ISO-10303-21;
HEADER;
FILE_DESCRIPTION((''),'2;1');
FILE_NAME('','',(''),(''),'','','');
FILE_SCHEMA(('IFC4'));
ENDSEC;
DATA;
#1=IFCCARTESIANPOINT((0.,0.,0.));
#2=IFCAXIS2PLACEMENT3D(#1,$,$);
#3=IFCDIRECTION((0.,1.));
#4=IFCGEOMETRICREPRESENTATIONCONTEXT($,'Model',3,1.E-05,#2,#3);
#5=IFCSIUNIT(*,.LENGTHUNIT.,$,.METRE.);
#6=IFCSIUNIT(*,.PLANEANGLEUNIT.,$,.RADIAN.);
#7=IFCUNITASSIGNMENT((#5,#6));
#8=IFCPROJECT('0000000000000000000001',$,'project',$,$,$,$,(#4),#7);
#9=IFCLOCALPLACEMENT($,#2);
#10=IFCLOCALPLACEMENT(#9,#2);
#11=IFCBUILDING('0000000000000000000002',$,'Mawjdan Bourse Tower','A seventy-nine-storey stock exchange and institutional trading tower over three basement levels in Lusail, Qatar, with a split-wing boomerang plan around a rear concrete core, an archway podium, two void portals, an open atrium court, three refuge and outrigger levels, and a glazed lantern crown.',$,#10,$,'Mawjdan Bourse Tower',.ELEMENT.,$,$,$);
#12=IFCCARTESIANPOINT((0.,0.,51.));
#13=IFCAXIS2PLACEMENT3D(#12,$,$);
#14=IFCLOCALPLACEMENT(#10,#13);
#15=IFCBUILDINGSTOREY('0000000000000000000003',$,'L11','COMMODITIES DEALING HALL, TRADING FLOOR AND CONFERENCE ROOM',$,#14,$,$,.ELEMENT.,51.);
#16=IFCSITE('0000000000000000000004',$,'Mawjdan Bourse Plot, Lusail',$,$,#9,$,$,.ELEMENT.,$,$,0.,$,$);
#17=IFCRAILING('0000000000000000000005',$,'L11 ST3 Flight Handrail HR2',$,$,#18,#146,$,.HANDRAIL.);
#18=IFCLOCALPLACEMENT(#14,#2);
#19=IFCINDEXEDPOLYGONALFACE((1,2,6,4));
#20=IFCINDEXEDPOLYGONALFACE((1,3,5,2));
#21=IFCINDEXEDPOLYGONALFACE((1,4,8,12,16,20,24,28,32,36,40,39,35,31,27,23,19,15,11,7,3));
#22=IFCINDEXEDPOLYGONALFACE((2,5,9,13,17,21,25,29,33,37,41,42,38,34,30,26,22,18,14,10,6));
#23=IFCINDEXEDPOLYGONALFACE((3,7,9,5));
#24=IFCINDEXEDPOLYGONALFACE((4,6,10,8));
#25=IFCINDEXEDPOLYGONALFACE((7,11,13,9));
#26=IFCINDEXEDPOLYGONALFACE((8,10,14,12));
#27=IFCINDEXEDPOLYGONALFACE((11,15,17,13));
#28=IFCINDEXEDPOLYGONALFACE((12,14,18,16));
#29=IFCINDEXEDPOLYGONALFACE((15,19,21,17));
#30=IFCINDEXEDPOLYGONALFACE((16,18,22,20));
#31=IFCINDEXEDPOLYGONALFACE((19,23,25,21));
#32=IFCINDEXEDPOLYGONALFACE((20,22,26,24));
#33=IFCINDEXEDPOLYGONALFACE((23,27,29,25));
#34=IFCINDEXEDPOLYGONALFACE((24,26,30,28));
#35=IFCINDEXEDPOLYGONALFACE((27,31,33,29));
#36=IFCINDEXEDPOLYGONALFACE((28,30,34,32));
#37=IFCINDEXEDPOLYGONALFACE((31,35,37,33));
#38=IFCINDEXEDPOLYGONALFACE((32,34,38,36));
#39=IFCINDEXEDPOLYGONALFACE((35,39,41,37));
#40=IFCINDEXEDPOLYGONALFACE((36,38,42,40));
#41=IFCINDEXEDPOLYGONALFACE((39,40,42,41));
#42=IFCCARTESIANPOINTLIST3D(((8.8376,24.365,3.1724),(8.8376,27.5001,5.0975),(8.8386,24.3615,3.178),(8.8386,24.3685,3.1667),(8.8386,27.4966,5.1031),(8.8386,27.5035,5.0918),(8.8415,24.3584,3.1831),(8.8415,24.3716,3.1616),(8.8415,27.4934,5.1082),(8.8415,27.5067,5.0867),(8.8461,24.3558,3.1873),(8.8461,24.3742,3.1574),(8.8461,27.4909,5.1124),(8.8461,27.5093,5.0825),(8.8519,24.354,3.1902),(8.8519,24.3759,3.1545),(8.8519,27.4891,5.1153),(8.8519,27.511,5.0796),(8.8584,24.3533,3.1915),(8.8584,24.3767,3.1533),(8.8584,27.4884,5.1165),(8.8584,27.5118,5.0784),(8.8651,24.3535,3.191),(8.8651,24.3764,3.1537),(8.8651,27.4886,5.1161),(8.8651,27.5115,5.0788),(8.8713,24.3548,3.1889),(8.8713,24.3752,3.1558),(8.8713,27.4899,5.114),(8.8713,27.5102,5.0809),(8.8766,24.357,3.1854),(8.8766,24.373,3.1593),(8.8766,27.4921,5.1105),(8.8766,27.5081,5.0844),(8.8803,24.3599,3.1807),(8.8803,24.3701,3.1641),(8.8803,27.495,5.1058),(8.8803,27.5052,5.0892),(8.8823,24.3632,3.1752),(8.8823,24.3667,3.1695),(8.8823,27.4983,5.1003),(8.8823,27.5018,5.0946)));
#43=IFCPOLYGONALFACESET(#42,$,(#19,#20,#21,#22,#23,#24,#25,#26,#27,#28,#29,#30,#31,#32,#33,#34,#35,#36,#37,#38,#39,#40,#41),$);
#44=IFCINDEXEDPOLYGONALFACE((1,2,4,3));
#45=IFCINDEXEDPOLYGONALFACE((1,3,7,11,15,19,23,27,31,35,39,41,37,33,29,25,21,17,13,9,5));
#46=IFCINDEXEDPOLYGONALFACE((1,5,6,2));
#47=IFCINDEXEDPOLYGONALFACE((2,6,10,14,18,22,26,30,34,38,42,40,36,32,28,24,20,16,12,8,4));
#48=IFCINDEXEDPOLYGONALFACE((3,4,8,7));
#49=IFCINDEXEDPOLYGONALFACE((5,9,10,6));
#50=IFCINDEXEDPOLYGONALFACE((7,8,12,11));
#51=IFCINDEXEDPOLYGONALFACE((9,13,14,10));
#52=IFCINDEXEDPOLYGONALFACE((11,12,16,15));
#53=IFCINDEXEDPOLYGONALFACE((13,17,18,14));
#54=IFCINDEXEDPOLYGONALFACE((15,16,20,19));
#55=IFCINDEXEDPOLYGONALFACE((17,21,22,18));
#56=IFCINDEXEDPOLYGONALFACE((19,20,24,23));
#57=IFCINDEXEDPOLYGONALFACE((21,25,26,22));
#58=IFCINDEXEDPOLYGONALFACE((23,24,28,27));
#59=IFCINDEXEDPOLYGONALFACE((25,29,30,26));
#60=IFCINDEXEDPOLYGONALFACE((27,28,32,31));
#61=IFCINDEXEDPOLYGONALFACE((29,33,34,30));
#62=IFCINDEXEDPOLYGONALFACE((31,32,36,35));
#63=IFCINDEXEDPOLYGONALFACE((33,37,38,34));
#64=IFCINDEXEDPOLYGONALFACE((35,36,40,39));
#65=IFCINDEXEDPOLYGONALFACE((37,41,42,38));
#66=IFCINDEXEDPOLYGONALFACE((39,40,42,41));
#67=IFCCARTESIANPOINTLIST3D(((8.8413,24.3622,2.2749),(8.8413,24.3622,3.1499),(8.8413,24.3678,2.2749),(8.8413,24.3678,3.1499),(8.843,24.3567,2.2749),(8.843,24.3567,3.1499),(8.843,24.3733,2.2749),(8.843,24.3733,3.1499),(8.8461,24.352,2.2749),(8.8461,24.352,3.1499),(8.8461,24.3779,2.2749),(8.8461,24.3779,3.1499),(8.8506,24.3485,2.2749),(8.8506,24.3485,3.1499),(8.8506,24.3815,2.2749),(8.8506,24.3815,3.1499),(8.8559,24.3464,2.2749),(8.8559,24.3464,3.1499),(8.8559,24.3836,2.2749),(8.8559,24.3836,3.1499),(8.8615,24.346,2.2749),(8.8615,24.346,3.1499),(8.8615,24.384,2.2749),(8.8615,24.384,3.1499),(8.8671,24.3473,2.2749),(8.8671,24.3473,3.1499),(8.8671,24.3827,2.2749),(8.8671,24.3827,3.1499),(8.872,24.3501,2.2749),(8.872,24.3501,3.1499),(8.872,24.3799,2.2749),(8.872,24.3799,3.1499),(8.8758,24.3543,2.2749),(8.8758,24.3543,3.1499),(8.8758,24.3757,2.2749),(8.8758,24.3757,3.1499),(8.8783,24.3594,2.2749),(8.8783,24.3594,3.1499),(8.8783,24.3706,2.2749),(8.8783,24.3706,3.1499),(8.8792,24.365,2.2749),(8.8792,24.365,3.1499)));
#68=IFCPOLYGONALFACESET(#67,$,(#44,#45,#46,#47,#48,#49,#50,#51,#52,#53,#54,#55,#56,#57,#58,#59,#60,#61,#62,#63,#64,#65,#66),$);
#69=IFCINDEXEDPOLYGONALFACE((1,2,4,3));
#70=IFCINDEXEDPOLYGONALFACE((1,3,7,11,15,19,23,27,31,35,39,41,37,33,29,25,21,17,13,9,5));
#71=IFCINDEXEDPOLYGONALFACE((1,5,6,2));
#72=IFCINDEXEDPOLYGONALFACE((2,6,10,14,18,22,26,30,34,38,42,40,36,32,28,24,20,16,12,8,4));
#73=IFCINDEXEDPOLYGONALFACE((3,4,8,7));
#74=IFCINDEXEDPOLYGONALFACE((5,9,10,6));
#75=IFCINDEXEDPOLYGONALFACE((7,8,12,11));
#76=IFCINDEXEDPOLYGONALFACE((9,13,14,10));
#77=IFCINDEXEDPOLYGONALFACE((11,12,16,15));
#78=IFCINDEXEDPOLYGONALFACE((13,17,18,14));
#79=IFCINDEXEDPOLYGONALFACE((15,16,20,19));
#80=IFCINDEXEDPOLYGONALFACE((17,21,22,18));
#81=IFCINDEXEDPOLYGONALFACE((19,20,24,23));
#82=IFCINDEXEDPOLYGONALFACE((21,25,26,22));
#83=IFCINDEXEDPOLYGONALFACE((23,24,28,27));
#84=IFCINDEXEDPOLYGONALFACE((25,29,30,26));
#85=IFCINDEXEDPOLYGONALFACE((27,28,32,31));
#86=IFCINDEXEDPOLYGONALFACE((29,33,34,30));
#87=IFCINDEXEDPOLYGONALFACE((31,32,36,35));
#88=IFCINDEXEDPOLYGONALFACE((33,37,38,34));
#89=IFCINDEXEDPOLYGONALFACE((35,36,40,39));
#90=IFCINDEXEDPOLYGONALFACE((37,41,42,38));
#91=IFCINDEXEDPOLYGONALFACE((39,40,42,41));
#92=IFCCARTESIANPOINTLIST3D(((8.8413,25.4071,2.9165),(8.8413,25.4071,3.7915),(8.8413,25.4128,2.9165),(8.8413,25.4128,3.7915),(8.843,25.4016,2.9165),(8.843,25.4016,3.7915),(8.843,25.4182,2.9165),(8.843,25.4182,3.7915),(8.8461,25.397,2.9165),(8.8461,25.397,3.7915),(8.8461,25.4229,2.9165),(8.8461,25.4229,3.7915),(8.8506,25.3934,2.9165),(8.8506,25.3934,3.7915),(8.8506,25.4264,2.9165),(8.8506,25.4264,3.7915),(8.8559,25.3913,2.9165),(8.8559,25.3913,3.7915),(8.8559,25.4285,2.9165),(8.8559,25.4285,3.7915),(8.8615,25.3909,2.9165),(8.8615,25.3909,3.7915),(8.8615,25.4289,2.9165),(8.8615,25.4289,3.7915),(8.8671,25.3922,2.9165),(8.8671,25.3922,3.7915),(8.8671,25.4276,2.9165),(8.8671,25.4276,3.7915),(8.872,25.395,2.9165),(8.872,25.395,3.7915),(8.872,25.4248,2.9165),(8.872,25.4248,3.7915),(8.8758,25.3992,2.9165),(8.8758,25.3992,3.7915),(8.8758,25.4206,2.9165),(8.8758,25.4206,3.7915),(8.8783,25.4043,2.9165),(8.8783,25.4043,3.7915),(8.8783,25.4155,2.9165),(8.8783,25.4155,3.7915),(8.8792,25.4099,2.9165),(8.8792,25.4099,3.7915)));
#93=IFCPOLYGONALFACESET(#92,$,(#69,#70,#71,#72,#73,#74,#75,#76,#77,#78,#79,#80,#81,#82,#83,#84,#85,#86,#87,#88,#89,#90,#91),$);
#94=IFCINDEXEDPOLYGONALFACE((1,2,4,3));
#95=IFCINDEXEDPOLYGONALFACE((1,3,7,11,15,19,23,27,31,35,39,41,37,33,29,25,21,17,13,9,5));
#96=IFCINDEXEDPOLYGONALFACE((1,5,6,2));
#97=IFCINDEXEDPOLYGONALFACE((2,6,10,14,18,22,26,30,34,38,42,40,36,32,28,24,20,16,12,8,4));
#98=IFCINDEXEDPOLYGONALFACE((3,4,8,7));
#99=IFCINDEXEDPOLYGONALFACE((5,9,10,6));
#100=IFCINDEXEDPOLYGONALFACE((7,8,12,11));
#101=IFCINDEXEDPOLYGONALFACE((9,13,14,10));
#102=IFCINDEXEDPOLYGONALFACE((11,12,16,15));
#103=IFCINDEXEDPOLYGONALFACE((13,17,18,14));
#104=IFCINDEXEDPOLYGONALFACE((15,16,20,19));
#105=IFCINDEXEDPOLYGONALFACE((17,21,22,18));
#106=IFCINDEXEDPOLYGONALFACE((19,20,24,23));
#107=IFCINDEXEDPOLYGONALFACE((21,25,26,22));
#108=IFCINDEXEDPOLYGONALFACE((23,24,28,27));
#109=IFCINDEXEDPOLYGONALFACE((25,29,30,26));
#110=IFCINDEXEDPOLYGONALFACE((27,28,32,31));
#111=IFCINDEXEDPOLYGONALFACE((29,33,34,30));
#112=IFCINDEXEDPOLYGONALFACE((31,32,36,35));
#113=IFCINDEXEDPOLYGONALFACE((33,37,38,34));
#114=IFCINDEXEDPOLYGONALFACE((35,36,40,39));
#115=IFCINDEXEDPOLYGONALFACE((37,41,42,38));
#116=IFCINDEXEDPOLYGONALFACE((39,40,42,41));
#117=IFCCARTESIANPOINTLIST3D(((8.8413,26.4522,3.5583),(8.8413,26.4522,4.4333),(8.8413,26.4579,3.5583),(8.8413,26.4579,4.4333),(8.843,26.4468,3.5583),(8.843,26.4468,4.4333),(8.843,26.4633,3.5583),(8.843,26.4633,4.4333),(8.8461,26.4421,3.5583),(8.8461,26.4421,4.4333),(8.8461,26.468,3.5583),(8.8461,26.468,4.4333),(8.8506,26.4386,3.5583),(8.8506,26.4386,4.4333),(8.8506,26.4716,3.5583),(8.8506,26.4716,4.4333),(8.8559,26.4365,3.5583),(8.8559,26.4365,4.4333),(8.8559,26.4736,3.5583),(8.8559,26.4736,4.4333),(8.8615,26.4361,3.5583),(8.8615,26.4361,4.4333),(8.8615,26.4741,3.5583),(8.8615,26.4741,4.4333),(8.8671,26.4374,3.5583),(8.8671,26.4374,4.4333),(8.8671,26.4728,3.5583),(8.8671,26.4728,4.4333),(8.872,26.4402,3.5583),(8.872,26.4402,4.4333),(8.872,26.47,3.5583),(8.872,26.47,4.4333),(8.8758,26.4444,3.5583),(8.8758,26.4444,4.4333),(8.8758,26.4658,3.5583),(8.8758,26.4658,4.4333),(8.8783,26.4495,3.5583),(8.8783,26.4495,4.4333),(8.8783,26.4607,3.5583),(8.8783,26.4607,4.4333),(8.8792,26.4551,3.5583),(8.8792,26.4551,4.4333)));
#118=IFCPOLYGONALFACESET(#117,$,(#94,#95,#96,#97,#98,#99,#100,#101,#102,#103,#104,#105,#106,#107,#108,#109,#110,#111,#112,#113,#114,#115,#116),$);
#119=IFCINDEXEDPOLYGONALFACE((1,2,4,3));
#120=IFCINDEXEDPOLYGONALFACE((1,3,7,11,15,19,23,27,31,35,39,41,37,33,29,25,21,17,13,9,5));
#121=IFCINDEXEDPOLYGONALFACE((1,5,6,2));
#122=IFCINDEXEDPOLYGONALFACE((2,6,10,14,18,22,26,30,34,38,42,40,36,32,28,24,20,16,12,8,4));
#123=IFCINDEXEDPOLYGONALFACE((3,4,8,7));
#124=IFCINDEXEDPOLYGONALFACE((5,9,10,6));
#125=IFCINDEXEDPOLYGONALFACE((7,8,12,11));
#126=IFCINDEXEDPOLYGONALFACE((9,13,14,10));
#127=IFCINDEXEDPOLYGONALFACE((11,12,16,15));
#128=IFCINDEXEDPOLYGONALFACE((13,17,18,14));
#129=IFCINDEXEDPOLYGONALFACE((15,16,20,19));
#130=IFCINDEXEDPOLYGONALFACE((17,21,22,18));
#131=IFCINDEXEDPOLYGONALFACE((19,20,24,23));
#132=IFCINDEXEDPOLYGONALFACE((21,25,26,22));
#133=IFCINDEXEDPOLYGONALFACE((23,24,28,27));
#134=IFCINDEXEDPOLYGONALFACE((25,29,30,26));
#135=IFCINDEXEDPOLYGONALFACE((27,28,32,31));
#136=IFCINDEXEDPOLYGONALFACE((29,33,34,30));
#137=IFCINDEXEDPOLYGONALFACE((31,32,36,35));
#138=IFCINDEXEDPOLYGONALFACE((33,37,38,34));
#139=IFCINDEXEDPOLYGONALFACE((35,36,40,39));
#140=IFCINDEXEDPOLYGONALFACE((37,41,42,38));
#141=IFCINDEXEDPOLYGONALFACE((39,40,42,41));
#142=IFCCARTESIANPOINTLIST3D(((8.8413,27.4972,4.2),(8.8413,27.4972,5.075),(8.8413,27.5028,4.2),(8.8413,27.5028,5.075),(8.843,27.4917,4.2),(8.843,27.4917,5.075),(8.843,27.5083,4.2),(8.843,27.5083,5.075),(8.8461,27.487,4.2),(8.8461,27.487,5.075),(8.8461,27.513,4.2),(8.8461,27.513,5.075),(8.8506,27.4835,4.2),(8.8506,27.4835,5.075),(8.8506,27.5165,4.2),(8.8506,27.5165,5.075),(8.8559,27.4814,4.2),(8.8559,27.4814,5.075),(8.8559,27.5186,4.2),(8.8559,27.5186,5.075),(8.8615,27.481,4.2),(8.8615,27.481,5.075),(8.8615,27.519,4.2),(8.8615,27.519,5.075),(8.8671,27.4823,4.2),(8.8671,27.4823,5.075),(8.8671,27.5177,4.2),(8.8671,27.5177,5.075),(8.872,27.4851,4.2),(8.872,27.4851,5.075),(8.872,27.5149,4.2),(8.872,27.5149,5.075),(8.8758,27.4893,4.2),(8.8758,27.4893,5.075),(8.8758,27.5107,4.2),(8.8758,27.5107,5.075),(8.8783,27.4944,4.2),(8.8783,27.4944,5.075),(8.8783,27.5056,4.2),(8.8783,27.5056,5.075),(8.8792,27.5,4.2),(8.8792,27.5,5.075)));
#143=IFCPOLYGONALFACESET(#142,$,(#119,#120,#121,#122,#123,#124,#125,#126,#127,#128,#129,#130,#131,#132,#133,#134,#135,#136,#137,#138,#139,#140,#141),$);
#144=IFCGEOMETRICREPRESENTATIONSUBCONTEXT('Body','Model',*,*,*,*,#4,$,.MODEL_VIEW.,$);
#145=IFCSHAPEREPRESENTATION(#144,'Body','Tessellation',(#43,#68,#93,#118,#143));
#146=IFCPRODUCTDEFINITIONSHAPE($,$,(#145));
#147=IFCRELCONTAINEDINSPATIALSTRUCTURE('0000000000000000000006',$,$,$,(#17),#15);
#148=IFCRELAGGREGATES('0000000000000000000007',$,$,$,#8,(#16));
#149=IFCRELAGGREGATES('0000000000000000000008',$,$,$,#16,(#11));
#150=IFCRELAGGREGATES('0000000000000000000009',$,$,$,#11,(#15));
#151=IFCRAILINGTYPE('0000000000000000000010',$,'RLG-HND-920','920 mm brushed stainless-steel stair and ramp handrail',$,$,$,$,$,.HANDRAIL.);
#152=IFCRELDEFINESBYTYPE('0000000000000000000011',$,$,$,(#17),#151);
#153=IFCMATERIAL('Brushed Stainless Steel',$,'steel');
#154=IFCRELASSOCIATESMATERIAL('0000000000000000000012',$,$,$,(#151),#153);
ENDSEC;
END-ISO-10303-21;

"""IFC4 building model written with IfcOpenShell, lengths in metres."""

from ifc_helpers import new_model, si_unit, direction, frame, origin, origin_2d, place, context, subcontext, project, spatial, circle, extrude, material, type_object, element, save


model = new_model("IFC4")

# Units and contexts
model_context = context("Model", 3, precision=1e-05, world=origin(), true_north=direction((0.0, 1.0)))
body_context = subcontext(model_context, "Body", "Model", "MODEL_VIEW")
ifc_project = project(units=[si_unit("LENGTHUNIT", "METRE"), si_unit("PLANEANGLEUNIT", "RADIAN")], contexts=[model_context])

# Site, building, storey
site_placement = place(None, origin())
site = spatial("IfcSite", under=ifc_project, at=site_placement, Name="Mawjdan Bourse Plot, Lusail", CompositionType="ELEMENT", RefElevation=0.0)
building_placement = place(site_placement, origin())
building = spatial("IfcBuilding", under=site, at=building_placement, Name="Mawjdan Bourse Tower", Description="A seventy-nine-storey stock exchange and institutional trading tower over three basement levels in Lusail, Qatar, with a split-wing boomerang plan around a rear concrete core, an archway podium, two void portals, an open atrium court, three refuge and outrigger levels, and a glazed lantern crown.", LongName="Mawjdan Bourse Tower", CompositionType="ELEMENT")
storey_placement = place(building_placement, frame((0.0, 0.0, 51.0)))
storey = spatial("IfcBuildingStorey", under=building, at=storey_placement, Name="L11", Description="COMMODITIES DEALING HALL, TRADING FLOOR AND CONFERENCE ROOM", CompositionType="ELEMENT", Elevation=51.0)

# Railing
ifc_material_1 = material(Name="Brushed Stainless Steel", Category="steel")
railing_type_1 = type_object("IfcRailingType", Name="RLG-HND-920", Description="920 mm brushed stainless-steel stair and ramp handrail", PredefinedType="HANDRAIL", material=ifc_material_1)
railing_1_placement = place(storey_placement, frame((8.8601, 24.365, 2.2749)))
element("IfcRailing", 1, at=railing_1_placement, inside=storey, type_object=railing_type_1, Name="L11 ST3 Flight Handrail HR2", PredefinedType="HANDRAIL", context=body_context, shape_type="SweptSolid", body=[
    extrude(circle(Radius=0.0225, at=origin_2d()), frame((0.0, 0.0, 0.8975), z_axis=(0.0, 0.852166, 0.523271), x_axis=(-1.0, 0.0, 0.0)), (0.0, 0.0, 1.0), 3.679),
    extrude(circle(Radius=0.019, at=origin_2d()), origin(), (0.0, 0.0, 1.0), 0.875),
    extrude(circle(Radius=0.019, at=origin_2d()), frame((0.0, 1.0449, 0.6416)), (0.0, 0.0, 1.0), 0.875),
    extrude(circle(Radius=0.019, at=origin_2d()), frame((0.0, 2.0901, 1.2834)), (0.0, 0.0, 1.0), 0.875),
    extrude(circle(Radius=0.019, at=origin_2d()), frame((0.0, 3.135, 1.925)), (0.0, 0.0, 1.0), 0.875),
])

save(model, "model.ifc")
